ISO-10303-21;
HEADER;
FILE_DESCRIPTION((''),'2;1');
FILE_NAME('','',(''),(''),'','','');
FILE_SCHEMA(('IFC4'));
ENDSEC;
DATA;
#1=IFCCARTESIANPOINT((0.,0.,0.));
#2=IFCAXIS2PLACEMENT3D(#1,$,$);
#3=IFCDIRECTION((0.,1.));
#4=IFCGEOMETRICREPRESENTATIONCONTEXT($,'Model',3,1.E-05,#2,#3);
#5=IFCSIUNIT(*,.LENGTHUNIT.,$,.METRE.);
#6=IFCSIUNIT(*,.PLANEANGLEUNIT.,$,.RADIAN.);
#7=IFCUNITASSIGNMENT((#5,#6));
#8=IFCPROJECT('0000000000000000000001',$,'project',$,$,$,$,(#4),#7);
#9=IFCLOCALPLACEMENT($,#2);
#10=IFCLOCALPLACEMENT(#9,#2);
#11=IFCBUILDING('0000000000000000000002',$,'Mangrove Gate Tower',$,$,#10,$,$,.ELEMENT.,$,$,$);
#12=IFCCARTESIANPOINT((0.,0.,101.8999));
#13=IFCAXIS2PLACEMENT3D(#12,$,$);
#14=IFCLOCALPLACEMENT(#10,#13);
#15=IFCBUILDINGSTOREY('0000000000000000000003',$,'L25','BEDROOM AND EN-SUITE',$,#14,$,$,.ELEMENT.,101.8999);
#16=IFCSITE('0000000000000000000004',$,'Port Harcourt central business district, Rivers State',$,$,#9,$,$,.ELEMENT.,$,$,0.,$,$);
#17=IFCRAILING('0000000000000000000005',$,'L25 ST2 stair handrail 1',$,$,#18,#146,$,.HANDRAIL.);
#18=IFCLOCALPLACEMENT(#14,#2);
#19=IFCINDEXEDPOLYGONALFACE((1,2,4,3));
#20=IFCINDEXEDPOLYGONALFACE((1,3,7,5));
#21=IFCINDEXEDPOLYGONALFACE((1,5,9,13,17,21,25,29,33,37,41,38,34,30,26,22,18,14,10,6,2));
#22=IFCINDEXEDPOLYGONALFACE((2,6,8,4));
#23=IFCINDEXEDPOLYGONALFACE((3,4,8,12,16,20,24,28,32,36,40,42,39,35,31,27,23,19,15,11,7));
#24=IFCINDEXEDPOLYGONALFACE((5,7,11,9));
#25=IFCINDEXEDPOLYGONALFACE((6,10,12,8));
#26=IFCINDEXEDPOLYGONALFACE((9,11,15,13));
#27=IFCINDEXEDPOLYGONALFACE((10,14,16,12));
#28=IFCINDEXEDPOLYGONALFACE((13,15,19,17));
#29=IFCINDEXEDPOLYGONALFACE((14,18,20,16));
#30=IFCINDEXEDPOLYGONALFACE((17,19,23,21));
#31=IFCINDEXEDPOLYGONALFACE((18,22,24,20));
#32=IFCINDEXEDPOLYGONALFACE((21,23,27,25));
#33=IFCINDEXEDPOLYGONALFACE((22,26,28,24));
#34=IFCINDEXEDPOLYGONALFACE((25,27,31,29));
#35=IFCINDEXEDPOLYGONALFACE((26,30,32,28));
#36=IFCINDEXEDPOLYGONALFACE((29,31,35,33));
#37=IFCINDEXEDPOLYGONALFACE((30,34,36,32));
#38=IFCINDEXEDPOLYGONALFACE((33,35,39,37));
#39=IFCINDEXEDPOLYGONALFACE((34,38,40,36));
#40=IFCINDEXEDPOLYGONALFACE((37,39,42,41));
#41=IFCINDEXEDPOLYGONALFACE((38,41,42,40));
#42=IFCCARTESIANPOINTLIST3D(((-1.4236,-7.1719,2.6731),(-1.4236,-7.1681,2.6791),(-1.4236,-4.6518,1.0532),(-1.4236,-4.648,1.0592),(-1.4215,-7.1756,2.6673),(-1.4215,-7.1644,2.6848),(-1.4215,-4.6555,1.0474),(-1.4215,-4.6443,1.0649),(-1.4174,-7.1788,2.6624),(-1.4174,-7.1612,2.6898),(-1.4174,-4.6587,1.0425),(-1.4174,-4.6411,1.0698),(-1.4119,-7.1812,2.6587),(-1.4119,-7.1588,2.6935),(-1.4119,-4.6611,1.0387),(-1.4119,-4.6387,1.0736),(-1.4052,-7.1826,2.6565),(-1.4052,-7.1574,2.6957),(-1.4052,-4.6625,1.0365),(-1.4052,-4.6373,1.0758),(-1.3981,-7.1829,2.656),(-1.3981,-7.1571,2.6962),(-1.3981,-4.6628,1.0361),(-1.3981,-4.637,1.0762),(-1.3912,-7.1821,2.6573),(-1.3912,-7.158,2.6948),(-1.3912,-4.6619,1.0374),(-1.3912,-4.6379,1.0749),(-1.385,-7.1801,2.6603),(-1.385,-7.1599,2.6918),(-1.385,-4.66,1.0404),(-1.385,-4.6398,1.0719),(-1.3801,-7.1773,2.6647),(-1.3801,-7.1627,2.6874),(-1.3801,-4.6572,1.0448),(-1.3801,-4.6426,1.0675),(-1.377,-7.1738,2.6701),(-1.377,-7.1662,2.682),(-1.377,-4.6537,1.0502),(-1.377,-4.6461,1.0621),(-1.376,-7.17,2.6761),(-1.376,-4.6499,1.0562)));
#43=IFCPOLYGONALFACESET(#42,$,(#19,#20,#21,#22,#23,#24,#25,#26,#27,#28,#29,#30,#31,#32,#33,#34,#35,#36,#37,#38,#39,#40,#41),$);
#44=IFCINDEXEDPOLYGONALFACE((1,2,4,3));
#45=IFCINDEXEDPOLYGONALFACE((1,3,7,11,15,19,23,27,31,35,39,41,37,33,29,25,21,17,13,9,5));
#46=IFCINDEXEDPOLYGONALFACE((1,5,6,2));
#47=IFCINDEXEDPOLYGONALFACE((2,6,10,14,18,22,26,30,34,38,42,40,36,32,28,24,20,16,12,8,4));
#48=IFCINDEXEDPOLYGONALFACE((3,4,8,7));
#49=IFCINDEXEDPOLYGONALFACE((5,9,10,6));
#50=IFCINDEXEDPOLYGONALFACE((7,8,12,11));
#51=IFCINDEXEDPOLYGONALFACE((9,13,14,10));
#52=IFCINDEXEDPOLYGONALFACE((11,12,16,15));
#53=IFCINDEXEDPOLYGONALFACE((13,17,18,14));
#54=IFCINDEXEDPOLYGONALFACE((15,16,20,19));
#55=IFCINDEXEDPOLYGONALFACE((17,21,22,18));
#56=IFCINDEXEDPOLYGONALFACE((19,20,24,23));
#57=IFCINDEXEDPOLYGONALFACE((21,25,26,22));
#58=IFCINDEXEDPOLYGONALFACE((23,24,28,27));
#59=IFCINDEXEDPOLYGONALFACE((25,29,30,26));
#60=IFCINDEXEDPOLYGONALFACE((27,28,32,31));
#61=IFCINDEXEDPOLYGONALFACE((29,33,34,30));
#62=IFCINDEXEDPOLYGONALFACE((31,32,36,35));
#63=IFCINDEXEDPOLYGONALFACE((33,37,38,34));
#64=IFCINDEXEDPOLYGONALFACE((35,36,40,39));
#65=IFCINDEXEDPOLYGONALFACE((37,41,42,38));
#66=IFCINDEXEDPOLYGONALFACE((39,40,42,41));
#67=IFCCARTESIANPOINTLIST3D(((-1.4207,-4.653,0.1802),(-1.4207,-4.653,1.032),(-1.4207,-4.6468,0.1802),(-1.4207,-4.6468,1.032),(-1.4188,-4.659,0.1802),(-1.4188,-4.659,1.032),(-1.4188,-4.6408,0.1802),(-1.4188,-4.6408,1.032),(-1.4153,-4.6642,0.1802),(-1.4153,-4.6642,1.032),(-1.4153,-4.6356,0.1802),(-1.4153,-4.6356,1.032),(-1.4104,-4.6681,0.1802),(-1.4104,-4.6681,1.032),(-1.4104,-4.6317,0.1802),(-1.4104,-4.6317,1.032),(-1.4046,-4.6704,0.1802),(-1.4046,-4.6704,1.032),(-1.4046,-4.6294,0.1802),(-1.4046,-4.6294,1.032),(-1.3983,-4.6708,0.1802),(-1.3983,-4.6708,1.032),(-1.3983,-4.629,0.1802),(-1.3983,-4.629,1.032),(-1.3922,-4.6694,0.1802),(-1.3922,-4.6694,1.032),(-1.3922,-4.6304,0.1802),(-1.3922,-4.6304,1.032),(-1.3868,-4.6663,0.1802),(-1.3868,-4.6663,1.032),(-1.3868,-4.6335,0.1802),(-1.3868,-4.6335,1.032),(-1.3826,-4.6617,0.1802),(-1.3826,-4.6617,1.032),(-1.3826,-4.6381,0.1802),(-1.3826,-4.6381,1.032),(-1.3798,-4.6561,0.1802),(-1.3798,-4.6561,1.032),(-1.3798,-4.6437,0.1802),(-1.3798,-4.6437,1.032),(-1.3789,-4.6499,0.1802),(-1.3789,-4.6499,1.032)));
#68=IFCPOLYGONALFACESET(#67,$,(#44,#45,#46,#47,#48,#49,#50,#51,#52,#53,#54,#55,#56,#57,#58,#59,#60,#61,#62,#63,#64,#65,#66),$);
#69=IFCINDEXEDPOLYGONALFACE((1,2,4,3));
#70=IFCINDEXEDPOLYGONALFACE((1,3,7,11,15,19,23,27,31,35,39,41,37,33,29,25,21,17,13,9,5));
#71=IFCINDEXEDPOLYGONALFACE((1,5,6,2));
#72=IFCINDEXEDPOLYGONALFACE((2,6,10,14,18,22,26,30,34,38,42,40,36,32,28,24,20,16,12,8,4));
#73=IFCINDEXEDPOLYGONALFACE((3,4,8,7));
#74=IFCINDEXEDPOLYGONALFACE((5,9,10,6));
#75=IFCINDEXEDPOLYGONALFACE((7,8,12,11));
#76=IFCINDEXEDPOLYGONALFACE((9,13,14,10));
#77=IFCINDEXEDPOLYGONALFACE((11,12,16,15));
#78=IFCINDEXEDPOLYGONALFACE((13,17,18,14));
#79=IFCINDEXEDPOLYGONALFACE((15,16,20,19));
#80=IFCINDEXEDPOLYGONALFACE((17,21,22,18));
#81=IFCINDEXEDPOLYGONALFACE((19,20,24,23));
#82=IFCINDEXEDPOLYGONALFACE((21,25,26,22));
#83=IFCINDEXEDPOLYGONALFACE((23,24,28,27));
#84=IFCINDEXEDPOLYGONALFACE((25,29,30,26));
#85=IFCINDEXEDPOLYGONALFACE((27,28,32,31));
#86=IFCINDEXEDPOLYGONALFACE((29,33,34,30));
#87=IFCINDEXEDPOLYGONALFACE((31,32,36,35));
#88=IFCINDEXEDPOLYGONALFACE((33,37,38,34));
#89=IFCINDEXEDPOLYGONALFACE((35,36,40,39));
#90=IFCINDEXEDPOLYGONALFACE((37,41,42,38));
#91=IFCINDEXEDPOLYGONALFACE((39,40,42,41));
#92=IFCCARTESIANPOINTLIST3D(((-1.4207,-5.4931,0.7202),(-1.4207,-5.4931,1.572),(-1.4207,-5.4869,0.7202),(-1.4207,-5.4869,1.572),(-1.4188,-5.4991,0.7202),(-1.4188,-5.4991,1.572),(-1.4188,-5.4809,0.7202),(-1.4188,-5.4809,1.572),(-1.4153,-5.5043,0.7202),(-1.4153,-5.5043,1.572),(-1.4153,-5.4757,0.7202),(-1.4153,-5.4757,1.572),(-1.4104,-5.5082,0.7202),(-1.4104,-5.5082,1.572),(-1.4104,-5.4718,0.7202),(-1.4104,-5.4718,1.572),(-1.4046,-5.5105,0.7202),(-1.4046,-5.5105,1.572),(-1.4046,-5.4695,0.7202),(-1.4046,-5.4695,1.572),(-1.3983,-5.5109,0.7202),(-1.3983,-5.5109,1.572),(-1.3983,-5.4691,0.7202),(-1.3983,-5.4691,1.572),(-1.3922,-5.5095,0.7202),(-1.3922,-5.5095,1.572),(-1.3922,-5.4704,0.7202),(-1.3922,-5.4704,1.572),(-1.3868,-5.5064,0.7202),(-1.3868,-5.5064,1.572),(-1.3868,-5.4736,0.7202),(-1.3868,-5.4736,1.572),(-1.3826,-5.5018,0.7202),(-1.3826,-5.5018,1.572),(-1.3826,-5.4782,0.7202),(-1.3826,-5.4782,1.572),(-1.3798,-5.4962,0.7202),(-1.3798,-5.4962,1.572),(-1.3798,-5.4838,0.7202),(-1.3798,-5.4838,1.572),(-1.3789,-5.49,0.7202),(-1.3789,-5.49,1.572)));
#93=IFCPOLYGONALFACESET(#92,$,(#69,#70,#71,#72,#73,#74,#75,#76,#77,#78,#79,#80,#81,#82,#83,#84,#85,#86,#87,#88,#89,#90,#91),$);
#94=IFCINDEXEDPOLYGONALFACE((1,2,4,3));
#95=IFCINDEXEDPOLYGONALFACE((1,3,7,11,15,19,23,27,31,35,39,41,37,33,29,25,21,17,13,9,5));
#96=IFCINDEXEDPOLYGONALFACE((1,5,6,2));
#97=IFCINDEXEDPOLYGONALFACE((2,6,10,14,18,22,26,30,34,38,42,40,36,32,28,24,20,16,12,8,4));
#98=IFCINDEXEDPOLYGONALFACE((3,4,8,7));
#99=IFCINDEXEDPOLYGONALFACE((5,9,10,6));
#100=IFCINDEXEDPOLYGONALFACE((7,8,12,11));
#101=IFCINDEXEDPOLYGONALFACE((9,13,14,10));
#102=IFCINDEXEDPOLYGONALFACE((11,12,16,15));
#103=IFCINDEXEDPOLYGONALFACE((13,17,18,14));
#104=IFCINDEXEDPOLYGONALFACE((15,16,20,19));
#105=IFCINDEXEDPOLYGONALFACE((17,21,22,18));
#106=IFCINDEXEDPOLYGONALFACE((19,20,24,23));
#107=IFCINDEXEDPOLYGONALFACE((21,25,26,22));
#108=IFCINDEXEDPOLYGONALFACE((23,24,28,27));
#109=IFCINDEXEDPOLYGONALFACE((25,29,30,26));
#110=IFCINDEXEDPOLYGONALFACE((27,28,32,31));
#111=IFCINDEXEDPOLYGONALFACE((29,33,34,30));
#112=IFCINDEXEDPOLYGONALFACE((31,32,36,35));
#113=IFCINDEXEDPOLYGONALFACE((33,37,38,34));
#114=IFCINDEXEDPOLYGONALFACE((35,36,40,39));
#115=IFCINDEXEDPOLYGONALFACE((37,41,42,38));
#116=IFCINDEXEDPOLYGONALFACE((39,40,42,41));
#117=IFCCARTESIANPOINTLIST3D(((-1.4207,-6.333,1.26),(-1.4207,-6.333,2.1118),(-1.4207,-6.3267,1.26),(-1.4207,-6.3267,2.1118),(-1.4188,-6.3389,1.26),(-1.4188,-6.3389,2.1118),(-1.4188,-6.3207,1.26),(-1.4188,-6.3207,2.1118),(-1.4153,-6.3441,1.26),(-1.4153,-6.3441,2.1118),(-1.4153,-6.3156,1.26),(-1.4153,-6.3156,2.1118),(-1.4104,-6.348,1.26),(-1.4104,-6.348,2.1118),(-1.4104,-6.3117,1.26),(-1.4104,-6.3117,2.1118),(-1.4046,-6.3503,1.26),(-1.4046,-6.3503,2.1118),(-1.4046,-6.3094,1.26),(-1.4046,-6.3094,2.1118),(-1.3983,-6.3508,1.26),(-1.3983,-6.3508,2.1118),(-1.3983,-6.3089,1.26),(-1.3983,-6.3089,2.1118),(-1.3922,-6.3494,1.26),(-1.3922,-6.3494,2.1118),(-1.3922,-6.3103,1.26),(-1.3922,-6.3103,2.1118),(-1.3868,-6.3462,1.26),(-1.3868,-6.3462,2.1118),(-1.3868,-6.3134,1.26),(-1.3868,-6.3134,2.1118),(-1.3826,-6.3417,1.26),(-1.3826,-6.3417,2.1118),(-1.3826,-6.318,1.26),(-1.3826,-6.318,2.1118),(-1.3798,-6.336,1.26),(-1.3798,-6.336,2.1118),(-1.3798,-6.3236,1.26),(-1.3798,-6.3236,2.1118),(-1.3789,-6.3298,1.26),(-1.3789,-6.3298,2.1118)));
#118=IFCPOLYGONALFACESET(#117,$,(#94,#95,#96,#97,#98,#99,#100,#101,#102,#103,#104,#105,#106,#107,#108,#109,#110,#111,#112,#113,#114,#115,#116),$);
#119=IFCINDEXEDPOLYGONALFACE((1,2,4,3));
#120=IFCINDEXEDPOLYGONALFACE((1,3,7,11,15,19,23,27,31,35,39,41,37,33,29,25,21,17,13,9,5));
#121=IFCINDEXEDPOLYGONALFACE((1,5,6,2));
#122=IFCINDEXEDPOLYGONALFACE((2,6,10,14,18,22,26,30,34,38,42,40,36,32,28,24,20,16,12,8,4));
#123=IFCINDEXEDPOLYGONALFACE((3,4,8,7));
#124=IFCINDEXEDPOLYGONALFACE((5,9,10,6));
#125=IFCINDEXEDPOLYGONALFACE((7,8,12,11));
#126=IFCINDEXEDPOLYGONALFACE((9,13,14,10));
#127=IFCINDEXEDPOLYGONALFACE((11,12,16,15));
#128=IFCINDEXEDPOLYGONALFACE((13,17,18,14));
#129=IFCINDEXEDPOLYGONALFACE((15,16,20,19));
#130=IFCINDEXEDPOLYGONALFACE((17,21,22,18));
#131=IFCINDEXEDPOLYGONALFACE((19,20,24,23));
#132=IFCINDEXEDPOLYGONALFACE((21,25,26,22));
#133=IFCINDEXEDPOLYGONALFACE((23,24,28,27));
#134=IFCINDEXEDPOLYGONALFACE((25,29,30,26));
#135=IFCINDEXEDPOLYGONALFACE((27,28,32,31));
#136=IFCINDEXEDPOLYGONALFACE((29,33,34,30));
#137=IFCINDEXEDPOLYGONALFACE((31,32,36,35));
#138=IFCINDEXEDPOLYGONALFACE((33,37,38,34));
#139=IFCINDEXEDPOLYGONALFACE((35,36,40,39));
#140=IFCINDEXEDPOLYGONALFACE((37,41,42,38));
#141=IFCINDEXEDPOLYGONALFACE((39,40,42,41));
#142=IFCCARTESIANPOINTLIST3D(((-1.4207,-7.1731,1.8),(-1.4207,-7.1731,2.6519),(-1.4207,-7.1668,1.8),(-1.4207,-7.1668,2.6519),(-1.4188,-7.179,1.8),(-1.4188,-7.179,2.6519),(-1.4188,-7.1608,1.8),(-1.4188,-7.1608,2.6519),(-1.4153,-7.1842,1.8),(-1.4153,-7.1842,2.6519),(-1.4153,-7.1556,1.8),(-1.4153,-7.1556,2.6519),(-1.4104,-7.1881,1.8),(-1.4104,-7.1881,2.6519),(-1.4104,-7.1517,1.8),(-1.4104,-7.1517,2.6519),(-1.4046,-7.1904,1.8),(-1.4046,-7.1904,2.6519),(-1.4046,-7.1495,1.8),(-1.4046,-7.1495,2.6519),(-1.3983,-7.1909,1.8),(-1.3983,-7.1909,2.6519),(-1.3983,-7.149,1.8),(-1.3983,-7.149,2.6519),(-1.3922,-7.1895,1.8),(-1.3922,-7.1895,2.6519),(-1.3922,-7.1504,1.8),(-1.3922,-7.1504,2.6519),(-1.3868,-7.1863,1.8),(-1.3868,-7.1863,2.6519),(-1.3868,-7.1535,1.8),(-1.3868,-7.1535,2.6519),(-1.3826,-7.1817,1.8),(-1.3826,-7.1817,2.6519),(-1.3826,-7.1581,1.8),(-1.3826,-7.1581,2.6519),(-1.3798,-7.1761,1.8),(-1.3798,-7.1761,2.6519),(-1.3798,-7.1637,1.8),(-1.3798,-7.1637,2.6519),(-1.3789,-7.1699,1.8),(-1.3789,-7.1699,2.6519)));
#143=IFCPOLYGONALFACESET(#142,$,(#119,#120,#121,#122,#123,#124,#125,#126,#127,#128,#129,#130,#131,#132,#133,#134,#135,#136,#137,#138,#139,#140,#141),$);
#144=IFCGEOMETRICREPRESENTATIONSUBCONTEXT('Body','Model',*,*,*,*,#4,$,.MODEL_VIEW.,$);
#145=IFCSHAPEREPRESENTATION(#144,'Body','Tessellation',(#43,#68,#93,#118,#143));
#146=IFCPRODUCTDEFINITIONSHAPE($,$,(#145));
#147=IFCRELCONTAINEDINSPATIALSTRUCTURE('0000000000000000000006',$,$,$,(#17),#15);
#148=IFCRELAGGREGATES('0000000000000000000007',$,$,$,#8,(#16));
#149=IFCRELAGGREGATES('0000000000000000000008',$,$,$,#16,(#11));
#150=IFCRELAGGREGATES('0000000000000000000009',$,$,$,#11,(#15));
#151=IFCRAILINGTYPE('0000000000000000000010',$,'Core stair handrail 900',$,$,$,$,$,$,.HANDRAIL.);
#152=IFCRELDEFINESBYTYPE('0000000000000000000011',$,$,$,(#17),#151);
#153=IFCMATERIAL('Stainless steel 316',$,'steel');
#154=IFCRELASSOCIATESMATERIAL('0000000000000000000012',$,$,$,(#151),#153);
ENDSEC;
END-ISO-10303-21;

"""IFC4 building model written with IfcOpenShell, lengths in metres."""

from ifc_helpers import new_model, si_unit, direction, frame, origin, origin_2d, place, context, subcontext, project, spatial, circle, extrude, material, type_object, element, save


model = new_model("IFC4")

# Units and contexts
model_context = context("Model", 3, precision=1e-05, world=origin(), true_north=direction((0.0, 1.0)))
body_context = subcontext(model_context, "Body", "Model", "MODEL_VIEW")
ifc_project = project(units=[si_unit("LENGTHUNIT", "METRE"), si_unit("PLANEANGLEUNIT", "RADIAN")], contexts=[model_context])

# Site, building, storey
site_placement = place(None, origin())
site = spatial("IfcSite", under=ifc_project, at=site_placement, Name="Port Harcourt central business district, Rivers State", CompositionType="ELEMENT", RefElevation=0.0)
building_placement = place(site_placement, origin())
building = spatial("IfcBuilding", under=site, at=building_placement, Name="Mangrove Gate Tower", CompositionType="ELEMENT")
storey_placement = place(building_placement, frame((0.0, 0.0, 101.8999)))
storey = spatial("IfcBuildingStorey", under=building, at=storey_placement, Name="L25", Description="BEDROOM AND EN-SUITE", CompositionType="ELEMENT", Elevation=101.8999)

# Railing
ifc_material_1 = material(Name="Stainless steel 316", Category="steel")
railing_type_1 = type_object("IfcRailingType", Name="Core stair handrail 900", PredefinedType="HANDRAIL", material=ifc_material_1)
railing_1_placement = place(storey_placement, frame((-1.3999, -4.6499, 0.1802)))
element("IfcRailing", 1, at=railing_1_placement, inside=storey, type_object=railing_type_1, Name="L25 ST2 stair handrail 1", PredefinedType="HANDRAIL", context=body_context, shape_type="SweptSolid", body=[
    extrude(circle(Radius=0.0239, at=origin_2d()), frame((0.0, 0.0, 0.876), z_axis=(0.0, -0.8412, 0.540725), x_axis=(1.0, 0.0, 0.0)), (0.0, 0.0, 1.0), 2.9958),
    extrude(circle(Radius=0.021, at=origin_2d()), origin(), (0.0, 0.0, 1.0), 0.8518),
    extrude(circle(Radius=0.021, at=origin_2d()), frame((0.0, -0.8401, 0.54)), (0.0, 0.0, 1.0), 0.8518),
    extrude(circle(Radius=0.021, at=origin_2d()), frame((0.0, -1.6799, 1.0798)), (0.0, 0.0, 1.0), 0.8518),
    extrude(circle(Radius=0.021, at=origin_2d()), frame((0.0, -2.52, 1.6199)), (0.0, 0.0, 1.0), 0.8518),
])

save(model, "model.ifc")
